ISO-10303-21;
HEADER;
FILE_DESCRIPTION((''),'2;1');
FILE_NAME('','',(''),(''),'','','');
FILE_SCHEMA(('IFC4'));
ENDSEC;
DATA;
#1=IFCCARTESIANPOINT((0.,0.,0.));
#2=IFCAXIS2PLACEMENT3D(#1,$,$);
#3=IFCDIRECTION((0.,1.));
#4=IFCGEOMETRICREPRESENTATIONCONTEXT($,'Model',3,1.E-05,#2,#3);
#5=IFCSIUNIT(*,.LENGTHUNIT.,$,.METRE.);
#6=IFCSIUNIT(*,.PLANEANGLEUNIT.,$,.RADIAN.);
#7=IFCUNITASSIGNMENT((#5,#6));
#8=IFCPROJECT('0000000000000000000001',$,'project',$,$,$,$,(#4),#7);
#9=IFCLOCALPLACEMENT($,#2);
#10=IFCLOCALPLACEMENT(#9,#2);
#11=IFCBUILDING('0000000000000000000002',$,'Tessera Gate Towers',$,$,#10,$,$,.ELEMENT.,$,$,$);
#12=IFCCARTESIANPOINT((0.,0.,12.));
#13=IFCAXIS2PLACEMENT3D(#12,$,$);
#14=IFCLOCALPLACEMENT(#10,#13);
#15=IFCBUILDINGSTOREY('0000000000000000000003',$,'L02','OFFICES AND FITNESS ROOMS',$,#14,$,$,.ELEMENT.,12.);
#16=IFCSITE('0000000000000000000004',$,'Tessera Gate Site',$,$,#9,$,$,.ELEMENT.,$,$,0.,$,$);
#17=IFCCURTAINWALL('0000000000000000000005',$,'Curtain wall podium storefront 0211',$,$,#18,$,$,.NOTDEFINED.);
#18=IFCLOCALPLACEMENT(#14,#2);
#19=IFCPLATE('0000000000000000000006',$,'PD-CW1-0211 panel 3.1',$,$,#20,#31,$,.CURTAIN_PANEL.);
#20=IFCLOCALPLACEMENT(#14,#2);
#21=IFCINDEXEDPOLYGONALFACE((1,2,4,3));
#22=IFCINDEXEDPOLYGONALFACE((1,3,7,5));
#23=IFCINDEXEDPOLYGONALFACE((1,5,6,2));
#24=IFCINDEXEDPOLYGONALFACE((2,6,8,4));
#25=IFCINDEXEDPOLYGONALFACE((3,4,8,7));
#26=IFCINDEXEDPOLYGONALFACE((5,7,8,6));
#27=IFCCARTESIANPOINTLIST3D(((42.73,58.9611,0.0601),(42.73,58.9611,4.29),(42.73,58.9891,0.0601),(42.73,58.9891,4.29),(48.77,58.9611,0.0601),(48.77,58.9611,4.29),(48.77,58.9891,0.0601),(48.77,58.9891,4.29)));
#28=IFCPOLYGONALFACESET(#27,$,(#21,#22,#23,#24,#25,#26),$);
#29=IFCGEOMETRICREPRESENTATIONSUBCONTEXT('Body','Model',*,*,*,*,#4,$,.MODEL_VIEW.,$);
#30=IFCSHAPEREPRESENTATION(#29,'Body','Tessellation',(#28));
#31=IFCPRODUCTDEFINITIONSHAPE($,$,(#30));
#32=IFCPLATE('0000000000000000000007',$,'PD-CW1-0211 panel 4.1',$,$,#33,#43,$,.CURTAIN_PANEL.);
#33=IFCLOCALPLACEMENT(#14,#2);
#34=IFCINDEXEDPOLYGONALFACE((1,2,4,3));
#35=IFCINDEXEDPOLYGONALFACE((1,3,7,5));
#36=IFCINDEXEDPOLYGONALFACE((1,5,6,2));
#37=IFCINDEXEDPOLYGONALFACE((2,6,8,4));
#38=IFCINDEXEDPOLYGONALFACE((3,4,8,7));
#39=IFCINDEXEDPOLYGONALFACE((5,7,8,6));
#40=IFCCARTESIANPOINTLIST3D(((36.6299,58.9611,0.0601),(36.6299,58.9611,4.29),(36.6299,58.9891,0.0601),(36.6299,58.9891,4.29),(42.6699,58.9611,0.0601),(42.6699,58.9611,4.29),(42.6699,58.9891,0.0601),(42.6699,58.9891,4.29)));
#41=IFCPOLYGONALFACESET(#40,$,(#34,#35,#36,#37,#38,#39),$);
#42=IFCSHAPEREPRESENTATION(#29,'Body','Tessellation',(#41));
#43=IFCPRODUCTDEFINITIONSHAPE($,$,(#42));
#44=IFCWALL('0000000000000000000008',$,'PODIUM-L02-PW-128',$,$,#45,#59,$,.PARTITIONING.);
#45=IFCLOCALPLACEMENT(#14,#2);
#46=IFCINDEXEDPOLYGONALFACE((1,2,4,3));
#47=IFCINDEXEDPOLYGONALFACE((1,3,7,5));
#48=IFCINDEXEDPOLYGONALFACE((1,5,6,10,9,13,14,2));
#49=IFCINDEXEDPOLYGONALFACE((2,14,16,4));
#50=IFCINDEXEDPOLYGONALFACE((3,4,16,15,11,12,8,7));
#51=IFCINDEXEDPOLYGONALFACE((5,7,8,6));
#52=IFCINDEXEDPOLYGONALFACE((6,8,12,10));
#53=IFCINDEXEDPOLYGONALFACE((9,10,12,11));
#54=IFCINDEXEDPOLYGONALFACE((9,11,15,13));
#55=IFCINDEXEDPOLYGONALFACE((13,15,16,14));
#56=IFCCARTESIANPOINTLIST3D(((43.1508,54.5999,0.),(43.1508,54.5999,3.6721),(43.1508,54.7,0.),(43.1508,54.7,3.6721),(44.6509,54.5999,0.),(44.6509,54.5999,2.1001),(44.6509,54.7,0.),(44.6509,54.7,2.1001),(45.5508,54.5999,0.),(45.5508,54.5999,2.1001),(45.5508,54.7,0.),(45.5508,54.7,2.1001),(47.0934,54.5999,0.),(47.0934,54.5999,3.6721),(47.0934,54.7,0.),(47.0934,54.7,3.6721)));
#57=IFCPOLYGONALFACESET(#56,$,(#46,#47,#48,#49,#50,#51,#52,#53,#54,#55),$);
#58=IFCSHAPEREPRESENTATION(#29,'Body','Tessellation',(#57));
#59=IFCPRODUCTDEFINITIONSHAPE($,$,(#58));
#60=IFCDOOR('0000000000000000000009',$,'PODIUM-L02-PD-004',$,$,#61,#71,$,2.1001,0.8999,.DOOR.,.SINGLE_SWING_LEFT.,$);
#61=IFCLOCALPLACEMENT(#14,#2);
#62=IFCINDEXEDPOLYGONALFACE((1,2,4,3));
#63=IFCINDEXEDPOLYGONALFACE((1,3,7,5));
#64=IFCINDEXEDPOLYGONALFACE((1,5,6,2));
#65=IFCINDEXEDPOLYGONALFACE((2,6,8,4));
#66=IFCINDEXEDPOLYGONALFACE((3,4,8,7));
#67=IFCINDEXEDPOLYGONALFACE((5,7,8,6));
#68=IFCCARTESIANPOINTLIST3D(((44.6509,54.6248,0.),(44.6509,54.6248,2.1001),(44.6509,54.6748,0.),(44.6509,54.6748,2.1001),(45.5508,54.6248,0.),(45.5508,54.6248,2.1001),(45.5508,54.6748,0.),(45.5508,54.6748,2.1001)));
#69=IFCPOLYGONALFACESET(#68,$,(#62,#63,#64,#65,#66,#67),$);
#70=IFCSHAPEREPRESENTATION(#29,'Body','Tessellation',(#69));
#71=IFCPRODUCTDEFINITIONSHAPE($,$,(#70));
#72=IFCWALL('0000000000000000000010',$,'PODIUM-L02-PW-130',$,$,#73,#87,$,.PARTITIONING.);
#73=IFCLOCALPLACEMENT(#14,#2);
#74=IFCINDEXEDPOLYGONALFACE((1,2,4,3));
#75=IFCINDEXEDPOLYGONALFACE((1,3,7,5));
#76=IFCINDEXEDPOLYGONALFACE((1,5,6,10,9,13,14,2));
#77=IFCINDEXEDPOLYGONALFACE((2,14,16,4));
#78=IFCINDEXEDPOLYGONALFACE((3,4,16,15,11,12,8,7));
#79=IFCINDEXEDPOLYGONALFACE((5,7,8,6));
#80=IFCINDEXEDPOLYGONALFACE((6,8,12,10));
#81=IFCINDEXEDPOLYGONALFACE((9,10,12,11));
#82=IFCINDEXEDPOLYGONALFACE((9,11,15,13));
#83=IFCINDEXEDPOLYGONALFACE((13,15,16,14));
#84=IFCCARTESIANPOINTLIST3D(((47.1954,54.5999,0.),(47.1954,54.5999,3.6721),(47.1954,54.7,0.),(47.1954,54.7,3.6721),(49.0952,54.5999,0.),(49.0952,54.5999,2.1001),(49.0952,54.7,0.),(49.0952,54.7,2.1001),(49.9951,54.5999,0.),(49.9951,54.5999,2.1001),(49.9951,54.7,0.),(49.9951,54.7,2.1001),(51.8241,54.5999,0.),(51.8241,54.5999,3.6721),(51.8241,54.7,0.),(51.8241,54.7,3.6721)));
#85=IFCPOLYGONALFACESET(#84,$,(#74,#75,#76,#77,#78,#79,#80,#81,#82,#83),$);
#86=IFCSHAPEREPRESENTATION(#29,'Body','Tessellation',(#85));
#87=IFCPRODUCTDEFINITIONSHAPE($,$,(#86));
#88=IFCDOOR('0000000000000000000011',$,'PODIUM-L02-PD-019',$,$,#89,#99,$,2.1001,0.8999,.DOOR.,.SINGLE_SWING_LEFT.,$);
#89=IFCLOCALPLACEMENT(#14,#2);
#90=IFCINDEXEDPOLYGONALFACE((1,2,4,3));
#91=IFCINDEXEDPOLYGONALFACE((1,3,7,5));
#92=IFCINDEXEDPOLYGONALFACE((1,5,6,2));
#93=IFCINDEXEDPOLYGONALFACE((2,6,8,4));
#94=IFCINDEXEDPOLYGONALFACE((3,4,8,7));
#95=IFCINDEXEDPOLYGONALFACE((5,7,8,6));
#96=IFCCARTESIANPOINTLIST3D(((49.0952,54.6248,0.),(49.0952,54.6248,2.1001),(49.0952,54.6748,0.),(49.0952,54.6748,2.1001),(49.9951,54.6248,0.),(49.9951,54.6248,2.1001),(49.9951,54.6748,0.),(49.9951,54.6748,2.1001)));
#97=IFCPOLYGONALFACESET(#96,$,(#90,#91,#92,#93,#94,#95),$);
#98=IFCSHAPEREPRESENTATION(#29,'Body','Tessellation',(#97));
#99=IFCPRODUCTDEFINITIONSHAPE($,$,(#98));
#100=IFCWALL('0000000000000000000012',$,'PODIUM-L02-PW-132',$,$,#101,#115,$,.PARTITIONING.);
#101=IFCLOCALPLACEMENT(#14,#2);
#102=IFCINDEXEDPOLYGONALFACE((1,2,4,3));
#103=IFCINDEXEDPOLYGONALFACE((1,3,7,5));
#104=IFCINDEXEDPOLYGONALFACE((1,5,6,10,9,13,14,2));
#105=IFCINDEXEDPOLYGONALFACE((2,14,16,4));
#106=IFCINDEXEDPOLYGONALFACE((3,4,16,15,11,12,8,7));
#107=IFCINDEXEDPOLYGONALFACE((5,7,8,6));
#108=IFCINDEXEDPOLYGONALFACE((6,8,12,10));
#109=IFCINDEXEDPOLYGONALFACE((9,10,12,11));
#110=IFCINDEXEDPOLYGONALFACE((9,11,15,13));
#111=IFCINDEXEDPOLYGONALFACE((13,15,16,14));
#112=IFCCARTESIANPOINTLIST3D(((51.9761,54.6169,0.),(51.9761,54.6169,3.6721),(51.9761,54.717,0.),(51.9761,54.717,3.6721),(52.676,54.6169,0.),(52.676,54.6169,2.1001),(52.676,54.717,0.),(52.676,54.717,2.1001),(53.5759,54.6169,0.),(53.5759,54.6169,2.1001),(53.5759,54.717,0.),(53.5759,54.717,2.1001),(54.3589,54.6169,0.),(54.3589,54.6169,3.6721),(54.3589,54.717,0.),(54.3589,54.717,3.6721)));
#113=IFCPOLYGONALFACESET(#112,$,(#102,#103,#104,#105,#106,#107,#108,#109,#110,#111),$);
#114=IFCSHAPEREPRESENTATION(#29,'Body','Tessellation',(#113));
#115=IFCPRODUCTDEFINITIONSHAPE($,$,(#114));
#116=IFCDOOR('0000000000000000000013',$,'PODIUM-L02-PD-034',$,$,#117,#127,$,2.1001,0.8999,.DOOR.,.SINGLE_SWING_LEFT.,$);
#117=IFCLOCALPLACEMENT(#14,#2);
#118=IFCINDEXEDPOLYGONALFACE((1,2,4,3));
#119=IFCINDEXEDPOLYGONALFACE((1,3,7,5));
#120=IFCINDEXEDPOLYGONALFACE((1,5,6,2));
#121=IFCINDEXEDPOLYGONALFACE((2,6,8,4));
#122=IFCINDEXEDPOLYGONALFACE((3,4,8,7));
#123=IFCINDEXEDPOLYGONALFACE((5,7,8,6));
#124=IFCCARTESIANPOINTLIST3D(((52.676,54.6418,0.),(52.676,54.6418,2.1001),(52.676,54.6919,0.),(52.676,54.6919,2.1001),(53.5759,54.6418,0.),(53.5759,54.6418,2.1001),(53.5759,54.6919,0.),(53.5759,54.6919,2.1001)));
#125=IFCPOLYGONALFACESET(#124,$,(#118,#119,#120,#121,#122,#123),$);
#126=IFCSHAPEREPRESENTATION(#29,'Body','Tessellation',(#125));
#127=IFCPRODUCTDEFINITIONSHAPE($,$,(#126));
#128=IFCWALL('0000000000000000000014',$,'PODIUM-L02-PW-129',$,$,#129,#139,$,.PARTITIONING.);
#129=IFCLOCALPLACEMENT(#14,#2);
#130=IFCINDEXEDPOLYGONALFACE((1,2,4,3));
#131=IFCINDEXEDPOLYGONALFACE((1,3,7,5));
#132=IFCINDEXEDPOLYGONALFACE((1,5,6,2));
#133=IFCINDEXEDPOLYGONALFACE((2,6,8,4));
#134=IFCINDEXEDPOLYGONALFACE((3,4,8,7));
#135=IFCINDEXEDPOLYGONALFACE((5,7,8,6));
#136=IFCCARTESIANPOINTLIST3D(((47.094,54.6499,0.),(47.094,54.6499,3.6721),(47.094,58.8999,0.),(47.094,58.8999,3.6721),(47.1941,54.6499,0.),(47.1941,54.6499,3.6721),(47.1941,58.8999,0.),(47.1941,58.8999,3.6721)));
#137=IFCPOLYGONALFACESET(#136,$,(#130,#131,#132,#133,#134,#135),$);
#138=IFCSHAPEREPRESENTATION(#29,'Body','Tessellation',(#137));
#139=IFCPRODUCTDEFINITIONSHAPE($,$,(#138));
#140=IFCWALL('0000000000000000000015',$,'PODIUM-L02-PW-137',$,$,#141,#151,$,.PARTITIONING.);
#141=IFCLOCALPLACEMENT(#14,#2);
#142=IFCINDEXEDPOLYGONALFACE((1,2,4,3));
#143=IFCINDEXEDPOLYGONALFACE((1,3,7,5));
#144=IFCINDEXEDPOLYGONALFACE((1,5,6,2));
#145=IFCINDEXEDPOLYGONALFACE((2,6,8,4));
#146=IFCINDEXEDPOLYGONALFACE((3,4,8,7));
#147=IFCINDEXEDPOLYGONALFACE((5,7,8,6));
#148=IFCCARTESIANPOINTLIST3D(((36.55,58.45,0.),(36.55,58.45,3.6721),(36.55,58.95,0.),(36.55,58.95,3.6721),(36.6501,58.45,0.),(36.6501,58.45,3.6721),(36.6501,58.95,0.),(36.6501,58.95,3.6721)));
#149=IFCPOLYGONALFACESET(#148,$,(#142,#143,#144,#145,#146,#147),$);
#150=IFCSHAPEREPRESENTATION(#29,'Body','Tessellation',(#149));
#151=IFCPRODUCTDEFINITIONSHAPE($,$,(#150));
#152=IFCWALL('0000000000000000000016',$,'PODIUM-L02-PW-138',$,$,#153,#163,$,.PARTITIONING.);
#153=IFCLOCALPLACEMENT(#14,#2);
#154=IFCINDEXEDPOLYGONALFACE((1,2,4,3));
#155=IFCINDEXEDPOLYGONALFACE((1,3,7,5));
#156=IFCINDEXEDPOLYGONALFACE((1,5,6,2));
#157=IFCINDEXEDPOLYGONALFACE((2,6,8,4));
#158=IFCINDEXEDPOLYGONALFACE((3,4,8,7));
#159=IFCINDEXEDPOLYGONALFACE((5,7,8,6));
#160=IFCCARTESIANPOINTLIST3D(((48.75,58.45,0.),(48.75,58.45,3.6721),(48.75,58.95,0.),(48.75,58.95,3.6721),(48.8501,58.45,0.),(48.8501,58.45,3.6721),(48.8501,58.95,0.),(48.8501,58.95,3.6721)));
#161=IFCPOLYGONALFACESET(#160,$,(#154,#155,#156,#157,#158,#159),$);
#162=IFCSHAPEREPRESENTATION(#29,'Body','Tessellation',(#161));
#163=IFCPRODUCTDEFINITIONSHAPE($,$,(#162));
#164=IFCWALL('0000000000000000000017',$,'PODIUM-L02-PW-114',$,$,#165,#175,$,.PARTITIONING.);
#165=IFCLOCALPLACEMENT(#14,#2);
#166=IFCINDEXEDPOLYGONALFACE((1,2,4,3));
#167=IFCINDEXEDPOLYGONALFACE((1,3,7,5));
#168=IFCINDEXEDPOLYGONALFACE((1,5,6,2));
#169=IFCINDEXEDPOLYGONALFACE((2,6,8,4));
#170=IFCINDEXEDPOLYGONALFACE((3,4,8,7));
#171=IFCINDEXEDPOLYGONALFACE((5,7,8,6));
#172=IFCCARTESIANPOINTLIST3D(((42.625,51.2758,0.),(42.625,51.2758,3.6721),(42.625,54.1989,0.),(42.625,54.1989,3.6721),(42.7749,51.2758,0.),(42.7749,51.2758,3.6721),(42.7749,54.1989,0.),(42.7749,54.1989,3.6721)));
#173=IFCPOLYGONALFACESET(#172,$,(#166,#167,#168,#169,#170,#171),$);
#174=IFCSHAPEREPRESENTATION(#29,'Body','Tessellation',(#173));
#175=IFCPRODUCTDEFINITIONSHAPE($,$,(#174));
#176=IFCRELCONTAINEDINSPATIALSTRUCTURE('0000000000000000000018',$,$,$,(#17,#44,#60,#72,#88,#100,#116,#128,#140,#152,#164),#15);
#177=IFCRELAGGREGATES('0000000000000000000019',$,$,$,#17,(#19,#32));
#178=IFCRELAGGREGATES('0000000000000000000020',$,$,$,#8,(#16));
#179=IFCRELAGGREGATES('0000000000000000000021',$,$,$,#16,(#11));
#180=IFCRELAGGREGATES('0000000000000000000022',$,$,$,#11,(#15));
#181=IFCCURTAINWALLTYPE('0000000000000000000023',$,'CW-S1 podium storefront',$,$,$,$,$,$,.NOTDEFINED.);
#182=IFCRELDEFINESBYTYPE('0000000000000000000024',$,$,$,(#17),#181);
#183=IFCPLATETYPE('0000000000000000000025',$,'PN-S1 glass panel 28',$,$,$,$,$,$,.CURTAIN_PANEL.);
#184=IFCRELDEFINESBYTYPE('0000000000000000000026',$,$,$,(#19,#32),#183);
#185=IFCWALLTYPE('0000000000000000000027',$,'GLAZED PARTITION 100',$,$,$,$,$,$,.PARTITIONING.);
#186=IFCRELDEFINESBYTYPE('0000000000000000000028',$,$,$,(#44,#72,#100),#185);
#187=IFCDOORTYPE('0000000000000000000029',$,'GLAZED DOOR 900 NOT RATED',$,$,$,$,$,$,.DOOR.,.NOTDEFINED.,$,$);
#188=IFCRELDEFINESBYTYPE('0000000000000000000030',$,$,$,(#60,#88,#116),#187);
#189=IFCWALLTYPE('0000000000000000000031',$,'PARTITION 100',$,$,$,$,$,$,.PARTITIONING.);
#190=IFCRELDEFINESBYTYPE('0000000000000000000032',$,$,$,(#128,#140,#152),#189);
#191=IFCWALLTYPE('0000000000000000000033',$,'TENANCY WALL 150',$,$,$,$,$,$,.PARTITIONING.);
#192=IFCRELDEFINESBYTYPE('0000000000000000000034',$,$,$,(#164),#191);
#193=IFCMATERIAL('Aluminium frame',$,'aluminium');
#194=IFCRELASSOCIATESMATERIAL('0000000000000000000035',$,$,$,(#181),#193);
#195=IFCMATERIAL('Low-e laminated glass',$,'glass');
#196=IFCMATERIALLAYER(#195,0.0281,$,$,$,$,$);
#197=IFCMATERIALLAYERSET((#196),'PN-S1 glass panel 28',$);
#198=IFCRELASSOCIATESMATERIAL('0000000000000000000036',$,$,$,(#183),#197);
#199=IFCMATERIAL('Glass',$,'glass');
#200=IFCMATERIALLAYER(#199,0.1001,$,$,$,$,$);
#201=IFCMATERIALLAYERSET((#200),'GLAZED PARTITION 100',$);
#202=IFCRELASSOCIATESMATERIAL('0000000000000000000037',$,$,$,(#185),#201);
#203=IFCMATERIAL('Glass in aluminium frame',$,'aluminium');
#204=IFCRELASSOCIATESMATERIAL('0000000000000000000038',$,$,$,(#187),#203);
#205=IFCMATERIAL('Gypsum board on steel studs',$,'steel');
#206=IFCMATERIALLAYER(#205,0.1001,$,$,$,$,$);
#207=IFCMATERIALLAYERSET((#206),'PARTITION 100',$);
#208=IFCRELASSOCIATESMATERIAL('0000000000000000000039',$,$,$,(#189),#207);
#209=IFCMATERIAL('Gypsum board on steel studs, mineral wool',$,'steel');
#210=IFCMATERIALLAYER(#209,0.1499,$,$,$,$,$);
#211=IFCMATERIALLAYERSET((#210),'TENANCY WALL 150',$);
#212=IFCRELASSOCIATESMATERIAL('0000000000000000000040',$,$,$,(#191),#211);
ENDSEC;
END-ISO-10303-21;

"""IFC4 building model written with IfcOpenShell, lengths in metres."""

from ifc_helpers import new_model, si_unit, direction, frame, frame_2d, origin, origin_2d, place, context, subcontext, project, spatial, rectangle, extrude, source, transform, mapped, material, layer, layer_set, type_object, element, fill, aggregate, save


model = new_model("IFC4")

# Units and contexts
model_context = context("Model", 3, precision=1e-05, world=origin(), true_north=direction((0.0, 1.0)))
body_context = subcontext(model_context, "Body", "Model", "MODEL_VIEW")
ifc_project = project(units=[si_unit("LENGTHUNIT", "METRE"), si_unit("PLANEANGLEUNIT", "RADIAN")], contexts=[model_context])

# Site, building, storey
site_placement = place(None, origin())
site = spatial("IfcSite", under=ifc_project, at=site_placement, Name="Tessera Gate Site", CompositionType="ELEMENT", RefElevation=0.0)
building_placement = place(site_placement, origin())
building = spatial("IfcBuilding", under=site, at=building_placement, Name="Tessera Gate Towers", CompositionType="ELEMENT")
storey_placement = place(building_placement, frame((0.0, 0.0, 12.0)))
storey = spatial("IfcBuildingStorey", under=building, at=storey_placement, Name="L02", Description="OFFICES AND FITNESS ROOMS", CompositionType="ELEMENT", Elevation=12.0)

# Curtain wall, plates
ifc_material_1 = material(Name="Aluminium frame", Category="aluminium")
curtain_wall_type = type_object("IfcCurtainWallType", Name="CW-S1 podium storefront", PredefinedType="NOTDEFINED", material=ifc_material_1)
curtain_wall_placement = place(storey_placement, origin())
curtain_wall = element("IfcCurtainWall", 1, at=curtain_wall_placement, inside=storey, type_object=curtain_wall_type, Name="Curtain wall podium storefront 0211", PredefinedType="NOTDEFINED")
ifc_material_2 = material(Name="Low-e laminated glass", Category="glass")
ifc_layer_1 = layer(ifc_material_2, 0.0281)
ifc_layer_set_1 = layer_set([ifc_layer_1], Name="PN-S1 glass panel 28")
plate_type = type_object("IfcPlateType", Name="PN-S1 glass panel 28", PredefinedType="CURTAIN_PANEL", material=ifc_layer_set_1)
plate_1_placement = place(storey_placement, frame((45.75, 58.9751, 0.0601), z_axis=(0.0, 0.0, 1.0), x_axis=(-1.0, 0.0, 0.0)))
plate_1 = element("IfcPlate", 2, at=plate_1_placement, type_object=plate_type, Name="PD-CW1-0211 panel 3.1", PredefinedType="CURTAIN_PANEL", context=body_context, shape_type="SweptSolid", body=[
    extrude(rectangle(XDim=6.04, YDim=0.0281, at=origin_2d()), origin(), (0.0, 0.0, 1.0), 4.23),
])
plate_2_placement = place(storey_placement, frame((39.6499, 58.9751, 0.0601), z_axis=(0.0, 0.0, 1.0), x_axis=(-1.0, 0.0, 0.0)))
plate_2 = element("IfcPlate", 3, at=plate_2_placement, type_object=plate_type, Name="PD-CW1-0211 panel 4.1", PredefinedType="CURTAIN_PANEL", context=body_context, shape_type="SweptSolid", body=[
    extrude(rectangle(XDim=6.04, YDim=0.0281, at=origin_2d()), origin(), (0.0, 0.0, 1.0), 4.23),
])
aggregate(curtain_wall, [plate_1, plate_2])

# Walls, openings, doors
ifc_material_3 = material(Name="Glass", Category="glass")
ifc_layer_2 = layer(ifc_material_3, 0.1001)
ifc_layer_set_2 = layer_set([ifc_layer_2], Name="GLAZED PARTITION 100")
wall_type_1 = type_object("IfcWallType", Name="GLAZED PARTITION 100", PredefinedType="PARTITIONING", material=ifc_layer_set_2)
wall_1_placement = place(storey_placement, frame((43.1509, 54.6499, 0.0), z_axis=(0.0, 0.0, 1.0), x_axis=(1.0, 0.0, 0.0)))
wall_1 = element("IfcWall", 4, at=wall_1_placement, inside=storey, type_object=wall_type_1, Name="PODIUM-L02-PW-128", PredefinedType="PARTITIONING", context=body_context, shape_type="SweptSolid", body=[
    extrude(rectangle(XDim=3.9426, YDim=0.1001, at=frame_2d((1.9712, 0.0))), origin(), (0.0, 0.0, 1.0), 3.6721),
])
shared_shape_1 = source(origin(), body_context, "Body", "SweptSolid", [
    extrude(rectangle(XDim=0.8999, YDim=2.1001, at=frame_2d((0.45, 1.05))), frame((0.0, 0.0601, 0.0), z_axis=(0.0, -1.0, 0.0), x_axis=(1.0, 0.0, 0.0)), (0.0, 0.0, 1.0), 0.1201),
])
opening_1_placement = place(wall_1_placement, frame((1.5, 0.0, 0.0)))
opening_1 = element("IfcOpeningElement", 5, at=opening_1_placement, cuts=wall_1, PredefinedType="OPENING", context=body_context, shape_type="MappedRepresentation", body=[
    mapped(shared_shape_1, transform((0.0, 0.0, 0.0), scale=1.0)),
])
ifc_material_4 = material(Name="Glass in aluminium frame", Category="aluminium")
door_type = type_object("IfcDoorType", Name="GLAZED DOOR 900 NOT RATED", OperationType="NOTDEFINED", PredefinedType="DOOR", material=ifc_material_4)
shared_shape_2 = source(origin(), body_context, "Body", "SweptSolid", [
    extrude(rectangle(XDim=0.8999, YDim=2.1001, at=frame_2d((0.45, 1.05))), frame((0.0, 0.0249, 0.0), z_axis=(0.0, -1.0, 0.0), x_axis=(1.0, 0.0, 0.0)), (0.0, 0.0, 1.0), 0.05),
])
door_1_placement = place(opening_1_placement, origin())
door_1 = element("IfcDoor", 6, at=door_1_placement, inside=storey, type_object=door_type, Name="PODIUM-L02-PD-004", OperationType="SINGLE_SWING_LEFT", OverallHeight=2.1001, OverallWidth=0.8999, PredefinedType="DOOR", context=body_context, shape_type="MappedRepresentation", body=[
    mapped(shared_shape_2, transform((0.0, 0.0, 0.0), scale=1.0)),
])
fill(opening_1, door_1)
wall_2_placement = place(storey_placement, frame((47.1953, 54.6499, 0.0), z_axis=(0.0, 0.0, 1.0), x_axis=(1.0, 0.0, 0.0)))
wall_2 = element("IfcWall", 7, at=wall_2_placement, inside=storey, type_object=wall_type_1, Name="PODIUM-L02-PW-130", PredefinedType="PARTITIONING", context=body_context, shape_type="SweptSolid", body=[
    extrude(rectangle(XDim=4.6287, YDim=0.1001, at=frame_2d((2.3145, 0.0))), origin(), (0.0, 0.0, 1.0), 3.6721),
])
opening_2_placement = place(wall_2_placement, frame((1.8999, 0.0, 0.0)))
opening_2 = element("IfcOpeningElement", 8, at=opening_2_placement, cuts=wall_2, PredefinedType="OPENING", context=body_context, shape_type="MappedRepresentation", body=[
    mapped(shared_shape_1, transform((0.0, 0.0, 0.0), scale=1.0)),
])
door_2_placement = place(opening_2_placement, origin())
door_2 = element("IfcDoor", 9, at=door_2_placement, inside=storey, type_object=door_type, Name="PODIUM-L02-PD-019", OperationType="SINGLE_SWING_LEFT", OverallHeight=2.1001, OverallWidth=0.8999, PredefinedType="DOOR", context=body_context, shape_type="MappedRepresentation", body=[
    mapped(shared_shape_2, transform((0.0, 0.0, 0.0), scale=1.0)),
])
fill(opening_2, door_2)
wall_3_placement = place(storey_placement, frame((51.9761, 54.667, 0.0), z_axis=(0.0, 0.0, 1.0), x_axis=(1.0, 0.0, 0.0)))
wall_3 = element("IfcWall", 10, at=wall_3_placement, inside=storey, type_object=wall_type_1, Name="PODIUM-L02-PW-132", PredefinedType="PARTITIONING", context=body_context, shape_type="SweptSolid", body=[
    extrude(rectangle(XDim=2.3828, YDim=0.1001, at=frame_2d((1.1914, 0.0))), origin(), (0.0, 0.0, 1.0), 3.6721),
])
opening_3_placement = place(wall_3_placement, frame((0.7, 0.0, 0.0)))
opening_3 = element("IfcOpeningElement", 11, at=opening_3_placement, cuts=wall_3, PredefinedType="OPENING", context=body_context, shape_type="MappedRepresentation", body=[
    mapped(shared_shape_1, transform((0.0, 0.0, 0.0), scale=1.0)),
])
door_3_placement = place(opening_3_placement, origin())
door_3 = element("IfcDoor", 12, at=door_3_placement, inside=storey, type_object=door_type, Name="PODIUM-L02-PD-034", OperationType="SINGLE_SWING_LEFT", OverallHeight=2.1001, OverallWidth=0.8999, PredefinedType="DOOR", context=body_context, shape_type="MappedRepresentation", body=[
    mapped(shared_shape_2, transform((0.0, 0.0, 0.0), scale=1.0)),
])
fill(opening_3, door_3)

# Walls
ifc_material_5 = material(Name="Gypsum board on steel studs", Category="steel")
ifc_layer_3 = layer(ifc_material_5, 0.1001)
ifc_layer_set_3 = layer_set([ifc_layer_3], Name="PARTITION 100")
wall_type_2 = type_object("IfcWallType", Name="PARTITION 100", PredefinedType="PARTITIONING", material=ifc_layer_set_3)
wall_4_placement = place(storey_placement, frame((47.144, 54.6499, 0.0), z_axis=(0.0, 0.0, 1.0), x_axis=(0.0, 1.0, 0.0)))
element("IfcWall", 13, at=wall_4_placement, inside=storey, type_object=wall_type_2, Name="PODIUM-L02-PW-129", PredefinedType="PARTITIONING", context=body_context, shape_type="SweptSolid", body=[
    extrude(rectangle(XDim=4.25, YDim=0.1001, at=frame_2d((2.125, 0.0))), origin(), (0.0, 0.0, 1.0), 3.6721),
])
for number, where, z_axis, x_axis, name in (
    (14, (36.6001, 58.45, 0.0), (0.0, 0.0, 1.0), (0.0, 1.0, 0.0), "PODIUM-L02-PW-137"),
    (15, (48.8, 58.45, 0.0), (0.0, 0.0, 1.0), (0.0, 1.0, 0.0), "PODIUM-L02-PW-138"),
):
    element("IfcWall", number, at=place(storey_placement, frame(where, z_axis=z_axis, x_axis=x_axis)), inside=storey, type_object=wall_type_2, Name=name, PredefinedType="PARTITIONING", context=body_context, shape_type="SweptSolid", body=[
        extrude(rectangle(XDim=0.5, YDim=0.1001, at=frame_2d((0.25, 0.0))), origin(), (0.0, 0.0, 1.0), 3.6721),
    ])
ifc_material_6 = material(Name="Gypsum board on steel studs, mineral wool", Category="steel")
ifc_layer_4 = layer(ifc_material_6, 0.1499)
ifc_layer_set_4 = layer_set([ifc_layer_4], Name="TENANCY WALL 150")
wall_type_3 = type_object("IfcWallType", Name="TENANCY WALL 150", PredefinedType="PARTITIONING", material=ifc_layer_set_4)
wall_5_placement = place(storey_placement, frame((42.7, 51.2759, 0.0), z_axis=(0.0, 0.0, 1.0), x_axis=(0.0, 1.0, 0.0)))
element("IfcWall", 16, at=wall_5_placement, inside=storey, type_object=wall_type_3, Name="PODIUM-L02-PW-114", PredefinedType="PARTITIONING", context=body_context, shape_type="SweptSolid", body=[
    extrude(rectangle(XDim=2.9231, YDim=0.1499, at=frame_2d((1.4614, 0.0))), origin(), (0.0, 0.0, 1.0), 3.6721),
])

save(model, "model.ifc")
